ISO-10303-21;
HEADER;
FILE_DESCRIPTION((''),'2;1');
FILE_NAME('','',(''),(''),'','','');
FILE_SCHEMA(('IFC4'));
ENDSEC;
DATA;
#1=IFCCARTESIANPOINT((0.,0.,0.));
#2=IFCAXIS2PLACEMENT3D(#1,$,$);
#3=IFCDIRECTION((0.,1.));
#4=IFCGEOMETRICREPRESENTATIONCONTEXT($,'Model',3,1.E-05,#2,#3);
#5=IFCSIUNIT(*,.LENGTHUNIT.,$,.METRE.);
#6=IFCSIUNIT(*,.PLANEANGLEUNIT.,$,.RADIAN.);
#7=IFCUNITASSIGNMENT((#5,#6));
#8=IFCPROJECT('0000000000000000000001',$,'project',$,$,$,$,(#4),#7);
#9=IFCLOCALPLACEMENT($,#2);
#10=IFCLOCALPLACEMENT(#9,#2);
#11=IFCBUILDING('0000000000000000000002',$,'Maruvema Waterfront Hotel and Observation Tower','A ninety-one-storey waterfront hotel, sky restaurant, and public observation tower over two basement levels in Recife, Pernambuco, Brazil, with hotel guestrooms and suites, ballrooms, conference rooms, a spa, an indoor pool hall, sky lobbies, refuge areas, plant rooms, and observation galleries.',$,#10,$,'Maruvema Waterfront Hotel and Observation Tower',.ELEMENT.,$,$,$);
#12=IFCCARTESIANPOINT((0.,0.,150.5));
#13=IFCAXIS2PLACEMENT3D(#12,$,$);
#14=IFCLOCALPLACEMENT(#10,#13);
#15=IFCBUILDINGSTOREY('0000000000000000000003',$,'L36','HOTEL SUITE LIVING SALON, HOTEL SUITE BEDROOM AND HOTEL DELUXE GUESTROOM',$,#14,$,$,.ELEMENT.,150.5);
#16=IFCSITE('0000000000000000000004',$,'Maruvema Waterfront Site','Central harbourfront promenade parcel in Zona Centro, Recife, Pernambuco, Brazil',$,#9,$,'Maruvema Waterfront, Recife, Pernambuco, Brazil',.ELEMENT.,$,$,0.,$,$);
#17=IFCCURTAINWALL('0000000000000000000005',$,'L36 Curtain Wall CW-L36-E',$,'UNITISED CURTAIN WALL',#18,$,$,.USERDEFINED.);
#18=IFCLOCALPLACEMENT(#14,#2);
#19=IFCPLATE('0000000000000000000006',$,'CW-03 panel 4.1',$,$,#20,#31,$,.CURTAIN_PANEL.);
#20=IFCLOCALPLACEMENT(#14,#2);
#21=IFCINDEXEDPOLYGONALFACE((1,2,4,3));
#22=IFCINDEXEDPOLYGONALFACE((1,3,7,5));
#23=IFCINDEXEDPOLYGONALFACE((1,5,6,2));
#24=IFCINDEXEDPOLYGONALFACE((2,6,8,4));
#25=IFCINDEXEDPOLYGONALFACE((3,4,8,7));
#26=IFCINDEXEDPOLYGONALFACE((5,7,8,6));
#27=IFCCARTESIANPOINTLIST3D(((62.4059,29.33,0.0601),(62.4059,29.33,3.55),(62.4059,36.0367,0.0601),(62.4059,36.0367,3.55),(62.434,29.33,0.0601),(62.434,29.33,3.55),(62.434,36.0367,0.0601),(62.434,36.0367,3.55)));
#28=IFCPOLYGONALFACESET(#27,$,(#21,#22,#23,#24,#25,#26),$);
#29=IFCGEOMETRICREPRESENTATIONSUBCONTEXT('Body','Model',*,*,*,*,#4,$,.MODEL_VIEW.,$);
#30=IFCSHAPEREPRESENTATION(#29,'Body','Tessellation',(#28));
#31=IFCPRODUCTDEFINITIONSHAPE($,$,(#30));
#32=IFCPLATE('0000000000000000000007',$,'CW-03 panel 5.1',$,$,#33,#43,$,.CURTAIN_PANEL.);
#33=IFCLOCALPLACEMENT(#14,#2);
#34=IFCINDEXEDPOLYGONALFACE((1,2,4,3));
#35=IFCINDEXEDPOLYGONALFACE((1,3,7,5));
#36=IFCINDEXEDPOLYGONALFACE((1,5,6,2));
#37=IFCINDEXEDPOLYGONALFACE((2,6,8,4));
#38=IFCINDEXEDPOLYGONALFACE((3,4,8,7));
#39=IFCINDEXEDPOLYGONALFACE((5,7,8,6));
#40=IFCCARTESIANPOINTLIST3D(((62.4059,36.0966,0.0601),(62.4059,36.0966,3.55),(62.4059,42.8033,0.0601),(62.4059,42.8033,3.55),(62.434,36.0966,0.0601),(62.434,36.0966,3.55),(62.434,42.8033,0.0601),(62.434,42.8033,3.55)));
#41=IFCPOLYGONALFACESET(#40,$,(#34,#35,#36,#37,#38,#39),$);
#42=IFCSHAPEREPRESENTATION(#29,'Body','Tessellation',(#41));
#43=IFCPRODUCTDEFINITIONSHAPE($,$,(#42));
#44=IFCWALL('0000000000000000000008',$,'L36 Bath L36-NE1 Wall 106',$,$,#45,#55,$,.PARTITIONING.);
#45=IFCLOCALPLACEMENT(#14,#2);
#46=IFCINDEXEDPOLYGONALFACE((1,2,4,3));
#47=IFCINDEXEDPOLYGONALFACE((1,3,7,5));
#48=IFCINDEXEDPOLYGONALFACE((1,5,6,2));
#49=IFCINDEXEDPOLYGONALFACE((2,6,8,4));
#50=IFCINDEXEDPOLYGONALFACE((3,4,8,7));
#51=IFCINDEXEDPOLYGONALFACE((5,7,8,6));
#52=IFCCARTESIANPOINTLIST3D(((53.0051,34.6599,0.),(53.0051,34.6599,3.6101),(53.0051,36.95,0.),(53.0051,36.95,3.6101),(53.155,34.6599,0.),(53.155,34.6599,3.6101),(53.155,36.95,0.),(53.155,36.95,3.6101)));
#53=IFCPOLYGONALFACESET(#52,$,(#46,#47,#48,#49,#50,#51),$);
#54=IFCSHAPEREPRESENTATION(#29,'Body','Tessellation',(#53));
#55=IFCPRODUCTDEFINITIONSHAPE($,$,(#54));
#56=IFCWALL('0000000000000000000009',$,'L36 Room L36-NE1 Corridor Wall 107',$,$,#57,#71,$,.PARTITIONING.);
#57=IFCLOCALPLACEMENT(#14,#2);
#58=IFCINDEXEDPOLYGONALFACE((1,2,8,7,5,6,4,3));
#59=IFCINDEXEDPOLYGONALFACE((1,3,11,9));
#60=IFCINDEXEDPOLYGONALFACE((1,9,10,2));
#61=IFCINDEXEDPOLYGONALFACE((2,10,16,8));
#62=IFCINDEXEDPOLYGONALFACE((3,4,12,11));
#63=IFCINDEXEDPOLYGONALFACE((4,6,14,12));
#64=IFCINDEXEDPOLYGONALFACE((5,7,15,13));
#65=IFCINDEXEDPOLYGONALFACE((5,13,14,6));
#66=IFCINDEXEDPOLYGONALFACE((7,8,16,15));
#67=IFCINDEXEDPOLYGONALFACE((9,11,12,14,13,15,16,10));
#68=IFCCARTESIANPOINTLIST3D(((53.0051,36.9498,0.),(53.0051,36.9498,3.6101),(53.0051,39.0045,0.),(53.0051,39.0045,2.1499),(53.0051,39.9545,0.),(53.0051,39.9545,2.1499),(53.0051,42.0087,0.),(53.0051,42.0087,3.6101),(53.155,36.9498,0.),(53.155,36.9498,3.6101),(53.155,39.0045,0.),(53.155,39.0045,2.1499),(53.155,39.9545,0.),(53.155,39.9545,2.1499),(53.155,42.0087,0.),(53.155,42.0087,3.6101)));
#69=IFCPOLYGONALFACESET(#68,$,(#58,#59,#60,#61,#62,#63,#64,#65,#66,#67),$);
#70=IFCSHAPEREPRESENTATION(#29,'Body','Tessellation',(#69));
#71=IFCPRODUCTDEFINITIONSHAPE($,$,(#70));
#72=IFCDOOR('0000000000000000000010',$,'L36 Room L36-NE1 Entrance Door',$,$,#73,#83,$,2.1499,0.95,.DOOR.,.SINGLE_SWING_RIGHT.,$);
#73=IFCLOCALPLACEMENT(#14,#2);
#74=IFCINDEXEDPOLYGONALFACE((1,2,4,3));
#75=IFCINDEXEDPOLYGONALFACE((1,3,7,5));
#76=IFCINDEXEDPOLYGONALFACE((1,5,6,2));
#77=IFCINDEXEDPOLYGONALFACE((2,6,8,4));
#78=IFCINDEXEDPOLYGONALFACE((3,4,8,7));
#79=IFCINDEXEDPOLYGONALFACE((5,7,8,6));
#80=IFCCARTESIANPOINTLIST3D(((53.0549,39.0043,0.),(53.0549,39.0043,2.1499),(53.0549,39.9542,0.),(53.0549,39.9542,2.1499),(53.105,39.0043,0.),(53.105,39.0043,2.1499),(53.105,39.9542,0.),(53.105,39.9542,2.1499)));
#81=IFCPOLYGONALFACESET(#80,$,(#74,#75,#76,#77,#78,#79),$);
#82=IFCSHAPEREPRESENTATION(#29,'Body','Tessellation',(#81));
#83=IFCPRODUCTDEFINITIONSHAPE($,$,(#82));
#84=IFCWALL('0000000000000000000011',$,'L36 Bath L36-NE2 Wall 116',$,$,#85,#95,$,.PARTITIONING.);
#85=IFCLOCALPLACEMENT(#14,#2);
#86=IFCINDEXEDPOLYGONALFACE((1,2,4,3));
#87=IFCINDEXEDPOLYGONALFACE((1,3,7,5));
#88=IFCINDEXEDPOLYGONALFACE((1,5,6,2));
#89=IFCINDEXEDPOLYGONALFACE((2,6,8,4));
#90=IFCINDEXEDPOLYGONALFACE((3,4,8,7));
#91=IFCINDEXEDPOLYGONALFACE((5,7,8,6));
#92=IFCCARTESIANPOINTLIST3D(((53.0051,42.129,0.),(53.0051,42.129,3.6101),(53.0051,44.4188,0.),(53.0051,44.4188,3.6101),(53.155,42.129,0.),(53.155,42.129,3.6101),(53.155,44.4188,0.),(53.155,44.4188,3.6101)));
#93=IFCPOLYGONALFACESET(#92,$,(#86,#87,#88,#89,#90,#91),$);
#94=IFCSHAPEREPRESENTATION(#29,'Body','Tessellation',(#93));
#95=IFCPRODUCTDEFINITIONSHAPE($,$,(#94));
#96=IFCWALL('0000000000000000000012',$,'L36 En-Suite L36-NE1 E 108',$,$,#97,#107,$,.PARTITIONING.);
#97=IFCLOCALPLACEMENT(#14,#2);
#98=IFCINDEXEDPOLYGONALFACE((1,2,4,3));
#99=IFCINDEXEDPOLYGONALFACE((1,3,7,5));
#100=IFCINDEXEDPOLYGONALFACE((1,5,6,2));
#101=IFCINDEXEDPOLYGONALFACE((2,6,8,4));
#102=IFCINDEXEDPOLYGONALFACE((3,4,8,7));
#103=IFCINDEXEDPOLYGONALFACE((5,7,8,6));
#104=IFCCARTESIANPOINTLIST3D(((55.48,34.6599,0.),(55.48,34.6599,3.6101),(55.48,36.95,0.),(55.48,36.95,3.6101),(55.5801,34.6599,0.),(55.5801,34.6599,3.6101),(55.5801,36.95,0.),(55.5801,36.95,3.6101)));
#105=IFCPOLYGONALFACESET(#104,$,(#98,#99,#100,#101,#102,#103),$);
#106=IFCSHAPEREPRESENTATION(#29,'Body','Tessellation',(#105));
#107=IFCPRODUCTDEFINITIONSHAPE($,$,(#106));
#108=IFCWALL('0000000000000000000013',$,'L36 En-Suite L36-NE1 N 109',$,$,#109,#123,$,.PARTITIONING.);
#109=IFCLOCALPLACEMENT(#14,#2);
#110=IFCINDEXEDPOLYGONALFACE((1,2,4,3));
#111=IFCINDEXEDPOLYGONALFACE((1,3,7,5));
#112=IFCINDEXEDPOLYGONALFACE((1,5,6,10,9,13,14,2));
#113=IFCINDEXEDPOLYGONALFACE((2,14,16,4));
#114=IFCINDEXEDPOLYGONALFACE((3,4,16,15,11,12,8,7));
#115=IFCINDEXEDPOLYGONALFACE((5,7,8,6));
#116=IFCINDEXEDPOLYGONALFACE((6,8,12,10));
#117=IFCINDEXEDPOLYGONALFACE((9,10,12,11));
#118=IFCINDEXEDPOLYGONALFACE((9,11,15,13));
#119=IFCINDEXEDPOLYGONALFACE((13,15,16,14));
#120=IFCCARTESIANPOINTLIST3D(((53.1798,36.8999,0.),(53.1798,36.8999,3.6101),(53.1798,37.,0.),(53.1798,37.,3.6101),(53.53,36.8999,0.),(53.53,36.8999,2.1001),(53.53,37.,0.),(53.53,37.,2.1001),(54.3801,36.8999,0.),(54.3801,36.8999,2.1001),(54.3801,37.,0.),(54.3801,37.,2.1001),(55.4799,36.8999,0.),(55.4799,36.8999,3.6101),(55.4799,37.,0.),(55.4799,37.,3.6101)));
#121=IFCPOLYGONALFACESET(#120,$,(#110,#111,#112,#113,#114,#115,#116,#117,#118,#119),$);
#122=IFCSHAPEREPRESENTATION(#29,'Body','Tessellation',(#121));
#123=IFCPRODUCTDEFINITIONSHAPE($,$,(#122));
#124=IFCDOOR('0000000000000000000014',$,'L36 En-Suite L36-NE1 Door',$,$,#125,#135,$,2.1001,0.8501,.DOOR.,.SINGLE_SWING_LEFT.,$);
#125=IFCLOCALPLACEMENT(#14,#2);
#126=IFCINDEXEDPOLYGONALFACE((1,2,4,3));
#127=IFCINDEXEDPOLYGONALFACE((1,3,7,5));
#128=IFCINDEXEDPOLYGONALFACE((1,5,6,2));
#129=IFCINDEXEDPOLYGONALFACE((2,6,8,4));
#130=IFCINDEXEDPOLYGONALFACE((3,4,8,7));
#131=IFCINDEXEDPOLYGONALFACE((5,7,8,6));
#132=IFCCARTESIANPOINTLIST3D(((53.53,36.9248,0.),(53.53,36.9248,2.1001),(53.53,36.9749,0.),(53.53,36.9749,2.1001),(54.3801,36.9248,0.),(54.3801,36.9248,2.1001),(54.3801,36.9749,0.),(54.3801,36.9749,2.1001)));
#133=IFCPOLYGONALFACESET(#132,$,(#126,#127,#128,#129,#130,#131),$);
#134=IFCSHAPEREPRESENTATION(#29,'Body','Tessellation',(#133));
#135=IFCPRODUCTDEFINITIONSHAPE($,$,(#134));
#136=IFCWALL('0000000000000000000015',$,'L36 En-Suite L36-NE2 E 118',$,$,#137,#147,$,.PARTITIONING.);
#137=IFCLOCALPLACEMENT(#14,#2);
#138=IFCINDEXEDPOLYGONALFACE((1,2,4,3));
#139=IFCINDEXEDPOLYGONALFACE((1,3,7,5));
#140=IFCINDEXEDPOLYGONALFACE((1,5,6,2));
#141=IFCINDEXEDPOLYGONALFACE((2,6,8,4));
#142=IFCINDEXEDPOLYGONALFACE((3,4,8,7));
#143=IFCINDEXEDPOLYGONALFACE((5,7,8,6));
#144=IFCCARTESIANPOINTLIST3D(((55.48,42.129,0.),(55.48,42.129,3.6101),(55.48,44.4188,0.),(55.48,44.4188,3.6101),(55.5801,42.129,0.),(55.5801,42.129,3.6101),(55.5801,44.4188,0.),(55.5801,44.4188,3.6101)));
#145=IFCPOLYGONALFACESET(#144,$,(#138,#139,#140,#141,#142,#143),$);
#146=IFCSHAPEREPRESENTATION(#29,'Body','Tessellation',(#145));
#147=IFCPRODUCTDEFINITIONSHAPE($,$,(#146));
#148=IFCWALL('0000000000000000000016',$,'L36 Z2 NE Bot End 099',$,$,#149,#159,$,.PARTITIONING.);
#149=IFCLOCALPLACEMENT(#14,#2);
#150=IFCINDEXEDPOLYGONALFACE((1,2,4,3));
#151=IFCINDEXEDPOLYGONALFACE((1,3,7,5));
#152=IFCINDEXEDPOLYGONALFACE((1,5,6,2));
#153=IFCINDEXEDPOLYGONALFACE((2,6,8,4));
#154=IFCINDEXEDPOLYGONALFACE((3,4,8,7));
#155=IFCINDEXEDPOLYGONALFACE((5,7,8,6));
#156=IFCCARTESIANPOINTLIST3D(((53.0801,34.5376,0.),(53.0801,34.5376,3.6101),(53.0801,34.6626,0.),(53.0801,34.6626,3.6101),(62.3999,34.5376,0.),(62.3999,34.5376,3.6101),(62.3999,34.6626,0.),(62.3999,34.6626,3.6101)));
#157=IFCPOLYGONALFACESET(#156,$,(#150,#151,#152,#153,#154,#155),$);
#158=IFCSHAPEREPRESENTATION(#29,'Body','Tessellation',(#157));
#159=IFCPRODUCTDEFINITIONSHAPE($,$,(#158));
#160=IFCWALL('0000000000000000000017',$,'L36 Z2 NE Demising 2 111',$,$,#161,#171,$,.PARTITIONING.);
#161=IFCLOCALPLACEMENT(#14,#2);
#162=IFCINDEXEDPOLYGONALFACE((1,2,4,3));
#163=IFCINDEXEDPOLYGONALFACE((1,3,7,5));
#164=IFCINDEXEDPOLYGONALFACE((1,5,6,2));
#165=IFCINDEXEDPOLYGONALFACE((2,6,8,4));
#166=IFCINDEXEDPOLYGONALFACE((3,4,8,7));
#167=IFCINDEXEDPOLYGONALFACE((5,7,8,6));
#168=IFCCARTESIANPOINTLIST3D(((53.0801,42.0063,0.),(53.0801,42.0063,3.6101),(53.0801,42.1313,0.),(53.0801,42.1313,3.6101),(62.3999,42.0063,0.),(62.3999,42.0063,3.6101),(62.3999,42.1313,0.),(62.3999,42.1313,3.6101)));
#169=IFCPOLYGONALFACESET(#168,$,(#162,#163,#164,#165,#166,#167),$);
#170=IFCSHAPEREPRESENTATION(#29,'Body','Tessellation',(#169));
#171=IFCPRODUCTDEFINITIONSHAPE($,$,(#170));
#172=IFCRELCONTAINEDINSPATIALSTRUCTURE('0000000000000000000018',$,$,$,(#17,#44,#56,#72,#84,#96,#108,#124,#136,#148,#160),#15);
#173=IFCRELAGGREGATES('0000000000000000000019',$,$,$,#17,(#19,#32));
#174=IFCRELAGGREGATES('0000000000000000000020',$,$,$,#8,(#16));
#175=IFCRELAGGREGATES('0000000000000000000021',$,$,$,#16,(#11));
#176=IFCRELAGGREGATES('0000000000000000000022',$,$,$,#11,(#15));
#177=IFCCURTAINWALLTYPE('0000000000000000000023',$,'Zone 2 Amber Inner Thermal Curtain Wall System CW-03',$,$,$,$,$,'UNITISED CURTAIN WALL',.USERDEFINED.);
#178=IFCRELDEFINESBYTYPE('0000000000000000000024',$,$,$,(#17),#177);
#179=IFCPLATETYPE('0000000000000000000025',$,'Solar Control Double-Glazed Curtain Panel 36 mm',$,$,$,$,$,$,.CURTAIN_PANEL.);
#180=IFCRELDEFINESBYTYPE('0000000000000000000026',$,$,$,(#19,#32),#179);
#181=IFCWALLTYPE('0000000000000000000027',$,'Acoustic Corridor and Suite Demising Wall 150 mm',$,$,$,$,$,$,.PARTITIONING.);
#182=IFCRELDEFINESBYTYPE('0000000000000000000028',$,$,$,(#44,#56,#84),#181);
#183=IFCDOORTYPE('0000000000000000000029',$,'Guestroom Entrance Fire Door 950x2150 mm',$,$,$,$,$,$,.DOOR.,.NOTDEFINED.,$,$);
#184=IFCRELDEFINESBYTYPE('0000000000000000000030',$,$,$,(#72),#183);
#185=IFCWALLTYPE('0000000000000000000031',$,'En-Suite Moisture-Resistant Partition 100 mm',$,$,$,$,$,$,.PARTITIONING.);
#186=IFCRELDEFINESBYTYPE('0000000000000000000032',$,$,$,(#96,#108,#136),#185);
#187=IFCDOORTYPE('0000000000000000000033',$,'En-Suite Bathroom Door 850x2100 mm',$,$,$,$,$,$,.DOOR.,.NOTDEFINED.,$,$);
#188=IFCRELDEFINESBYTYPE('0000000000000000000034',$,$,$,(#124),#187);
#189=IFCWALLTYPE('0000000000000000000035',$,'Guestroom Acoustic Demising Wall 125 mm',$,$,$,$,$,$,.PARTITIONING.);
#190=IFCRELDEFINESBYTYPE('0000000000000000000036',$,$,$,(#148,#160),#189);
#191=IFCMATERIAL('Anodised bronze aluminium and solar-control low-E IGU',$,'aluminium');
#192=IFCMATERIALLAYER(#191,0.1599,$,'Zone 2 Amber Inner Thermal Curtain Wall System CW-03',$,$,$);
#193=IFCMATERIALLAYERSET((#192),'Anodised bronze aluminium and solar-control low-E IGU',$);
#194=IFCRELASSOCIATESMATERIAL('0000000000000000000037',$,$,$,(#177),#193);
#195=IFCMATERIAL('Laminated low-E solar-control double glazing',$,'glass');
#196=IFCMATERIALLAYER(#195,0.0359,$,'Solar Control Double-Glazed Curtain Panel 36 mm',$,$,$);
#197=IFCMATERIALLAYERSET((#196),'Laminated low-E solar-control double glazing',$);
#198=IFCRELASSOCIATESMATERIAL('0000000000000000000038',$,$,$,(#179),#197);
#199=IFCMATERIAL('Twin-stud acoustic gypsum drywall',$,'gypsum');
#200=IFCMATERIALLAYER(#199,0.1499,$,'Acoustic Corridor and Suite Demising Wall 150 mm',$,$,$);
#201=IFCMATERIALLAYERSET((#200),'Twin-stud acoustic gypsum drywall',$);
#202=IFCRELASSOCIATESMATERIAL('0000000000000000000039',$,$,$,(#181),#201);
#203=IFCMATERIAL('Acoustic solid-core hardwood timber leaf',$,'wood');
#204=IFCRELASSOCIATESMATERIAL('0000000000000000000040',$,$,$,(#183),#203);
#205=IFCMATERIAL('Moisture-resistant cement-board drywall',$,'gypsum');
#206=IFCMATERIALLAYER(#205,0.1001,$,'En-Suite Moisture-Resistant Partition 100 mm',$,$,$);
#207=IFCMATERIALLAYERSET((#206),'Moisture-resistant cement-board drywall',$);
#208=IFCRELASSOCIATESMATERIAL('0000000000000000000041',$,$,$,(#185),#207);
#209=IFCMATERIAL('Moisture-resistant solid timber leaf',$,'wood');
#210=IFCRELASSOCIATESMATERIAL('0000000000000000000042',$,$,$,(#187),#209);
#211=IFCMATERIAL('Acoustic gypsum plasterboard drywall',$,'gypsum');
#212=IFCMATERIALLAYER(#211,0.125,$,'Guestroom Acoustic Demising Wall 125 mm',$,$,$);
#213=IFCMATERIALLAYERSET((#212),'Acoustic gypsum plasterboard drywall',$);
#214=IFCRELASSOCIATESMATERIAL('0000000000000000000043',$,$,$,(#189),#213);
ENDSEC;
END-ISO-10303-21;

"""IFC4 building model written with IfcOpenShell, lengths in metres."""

from ifc_helpers import new_model, si_unit, direction, frame, frame_2d, origin, origin_2d, place, context, subcontext, project, spatial, rectangle, extrude, material, layer, layer_set, type_object, element, fill, aggregate, save


model = new_model("IFC4")

# Units and contexts
model_context = context("Model", 3, precision=1e-05, world=origin(), true_north=direction((0.0, 1.0)))
body_context = subcontext(model_context, "Body", "Model", "MODEL_VIEW")
ifc_project = project(units=[si_unit("LENGTHUNIT", "METRE"), si_unit("PLANEANGLEUNIT", "RADIAN")], contexts=[model_context])

# Site, building, storey
site_placement = place(None, origin())
site = spatial("IfcSite", under=ifc_project, at=site_placement, Name="Maruvema Waterfront Site", Description="Central harbourfront promenade parcel in Zona Centro, Recife, Pernambuco, Brazil", LongName="Maruvema Waterfront, Recife, Pernambuco, Brazil", CompositionType="ELEMENT", RefElevation=0.0)
building_placement = place(site_placement, origin())
building = spatial("IfcBuilding", under=site, at=building_placement, Name="Maruvema Waterfront Hotel and Observation Tower", Description="A ninety-one-storey waterfront hotel, sky restaurant, and public observation tower over two basement levels in Recife, Pernambuco, Brazil, with hotel guestrooms and suites, ballrooms, conference rooms, a spa, an indoor pool hall, sky lobbies, refuge areas, plant rooms, and observation galleries.", LongName="Maruvema Waterfront Hotel and Observation Tower", CompositionType="ELEMENT")
storey_placement = place(building_placement, frame((0.0, 0.0, 150.5)))
storey = spatial("IfcBuildingStorey", under=building, at=storey_placement, Name="L36", Description="HOTEL SUITE LIVING SALON, HOTEL SUITE BEDROOM AND HOTEL DELUXE GUESTROOM", CompositionType="ELEMENT", Elevation=150.5)

# Curtain wall
ifc_material_1 = material(Name="Anodised bronze aluminium and solar-control low-E IGU", Category="aluminium")
ifc_layer_1 = layer(ifc_material_1, 0.1599, Name="Zone 2 Amber Inner Thermal Curtain Wall System CW-03")
ifc_layer_set_1 = layer_set([ifc_layer_1], Name="Anodised bronze aluminium and solar-control low-E IGU")
curtain_wall_type = type_object("IfcCurtainWallType", Name="Zone 2 Amber Inner Thermal Curtain Wall System CW-03", ElementType="UNITISED CURTAIN WALL", PredefinedType="USERDEFINED", material=ifc_layer_set_1)
curtain_wall_placement = place(storey_placement, origin())
curtain_wall = element("IfcCurtainWall", 1, at=curtain_wall_placement, inside=storey, type_object=curtain_wall_type, Name="L36 Curtain Wall CW-L36-E", ObjectType="UNITISED CURTAIN WALL", PredefinedType="USERDEFINED")

# Plates
ifc_material_2 = material(Name="Laminated low-E solar-control double glazing", Category="glass")
ifc_layer_2 = layer(ifc_material_2, 0.0359, Name="Solar Control Double-Glazed Curtain Panel 36 mm")
ifc_layer_set_2 = layer_set([ifc_layer_2], Name="Laminated low-E solar-control double glazing")
plate_type = type_object("IfcPlateType", Name="Solar Control Double-Glazed Curtain Panel 36 mm", PredefinedType="CURTAIN_PANEL", material=ifc_layer_set_2)
plate_1_placement = place(storey_placement, frame((62.4199, 32.6833, 0.0601), z_axis=(0.0, 0.0, 1.0), x_axis=(0.0, 1.0, 0.0)))
plate_1 = element("IfcPlate", 2, at=plate_1_placement, type_object=plate_type, Name="CW-03 panel 4.1", PredefinedType="CURTAIN_PANEL", context=body_context, shape_type="SweptSolid", body=[
    extrude(rectangle(XDim=6.7068, YDim=0.0281, at=origin_2d()), origin(), (0.0, 0.0, 1.0), 3.49),
])
plate_2_placement = place(storey_placement, frame((62.4199, 39.45, 0.0601), z_axis=(0.0, 0.0, 1.0), x_axis=(0.0, 1.0, 0.0)))
plate_2 = element("IfcPlate", 3, at=plate_2_placement, type_object=plate_type, Name="CW-03 panel 5.1", PredefinedType="CURTAIN_PANEL", context=body_context, shape_type="SweptSolid", body=[
    extrude(rectangle(XDim=6.7068, YDim=0.0281, at=origin_2d()), origin(), (0.0, 0.0, 1.0), 3.49),
])
aggregate(curtain_wall, [plate_1, plate_2])

# Wall
ifc_material_3 = material(Name="Twin-stud acoustic gypsum drywall", Category="gypsum")
ifc_layer_3 = layer(ifc_material_3, 0.1499, Name="Acoustic Corridor and Suite Demising Wall 150 mm")
ifc_layer_set_3 = layer_set([ifc_layer_3], Name="Twin-stud acoustic gypsum drywall")
wall_type_1 = type_object("IfcWallType", Name="Acoustic Corridor and Suite Demising Wall 150 mm", PredefinedType="PARTITIONING", material=ifc_layer_set_3)
wall_1_placement = place(storey_placement, frame((53.0801, 34.6599, 0.0), z_axis=(0.0, 0.0, 1.0), x_axis=(0.0, 1.0, 0.0)))
element("IfcWall", 4, at=wall_1_placement, inside=storey, type_object=wall_type_1, Name="L36 Bath L36-NE1 Wall 106", PredefinedType="PARTITIONING", context=body_context, shape_type="SweptSolid", body=[
    extrude(rectangle(XDim=2.29, YDim=0.1499, at=frame_2d((1.145, 0.0))), origin(), (0.0, 0.0, 1.0), 3.6101),
])

# Wall, opening, door
wall_2_placement = place(storey_placement, frame((53.0801, 36.95, 0.0), z_axis=(0.0, 0.0, 1.0), x_axis=(0.0, 1.0, 0.0)))
wall_2 = element("IfcWall", 5, at=wall_2_placement, inside=storey, type_object=wall_type_1, Name="L36 Room L36-NE1 Corridor Wall 107", PredefinedType="PARTITIONING", context=body_context, shape_type="SweptSolid", body=[
    extrude(rectangle(XDim=5.0588, YDim=0.1499, at=frame_2d((2.5293, 0.0))), origin(), (0.0, 0.0, 1.0), 3.6101),
])
opening_1_placement = place(wall_2_placement, frame((2.0544, 0.0, 0.0)))
opening_1 = element("IfcOpeningElement", 6, at=opening_1_placement, cuts=wall_2, PredefinedType="OPENING", context=body_context, shape_type="SweptSolid", body=[
    extrude(rectangle(XDim=0.95, YDim=2.1499, at=frame_2d((0.4751, 1.075))), frame((0.0, 0.085, 0.0), z_axis=(0.0, -1.0, 0.0), x_axis=(1.0, 0.0, 0.0)), (0.0, 0.0, 1.0), 0.1699),
])
ifc_material_4 = material(Name="Acoustic solid-core hardwood timber leaf", Category="wood")
door_type_1 = type_object("IfcDoorType", Name="Guestroom Entrance Fire Door 950x2150 mm", OperationType="NOTDEFINED", PredefinedType="DOOR", material=ifc_material_4)
door_1_placement = place(opening_1_placement, frame((0.95, 0.0, 0.0), z_axis=(0.0, 0.0, 1.0), x_axis=(-1.0, 0.0, 0.0)))
door_1 = element("IfcDoor", 7, at=door_1_placement, inside=storey, type_object=door_type_1, Name="L36 Room L36-NE1 Entrance Door", OperationType="SINGLE_SWING_RIGHT", OverallHeight=2.1499, OverallWidth=0.95, PredefinedType="DOOR", context=body_context, shape_type="SweptSolid", body=[
    extrude(rectangle(XDim=0.95, YDim=2.1499, at=frame_2d((0.4751, 1.075))), frame((0.0, 0.0249, 0.0), z_axis=(0.0, -1.0, 0.0), x_axis=(1.0, 0.0, 0.0)), (0.0, 0.0, 1.0), 0.05),
])
fill(opening_1, door_1)

# Walls
wall_3_placement = place(storey_placement, frame((53.0801, 42.1289, 0.0), z_axis=(0.0, 0.0, 1.0), x_axis=(0.0, 1.0, 0.0)))
element("IfcWall", 8, at=wall_3_placement, inside=storey, type_object=wall_type_1, Name="L36 Bath L36-NE2 Wall 116", PredefinedType="PARTITIONING", context=body_context, shape_type="SweptSolid", body=[
    extrude(rectangle(XDim=2.2898, YDim=0.1499, at=frame_2d((1.145, 0.0))), origin(), (0.0, 0.0, 1.0), 3.6101),
])
ifc_material_5 = material(Name="Moisture-resistant cement-board drywall", Category="gypsum")
ifc_layer_4 = layer(ifc_material_5, 0.1001, Name="En-Suite Moisture-Resistant Partition 100 mm")
ifc_layer_set_4 = layer_set([ifc_layer_4], Name="Moisture-resistant cement-board drywall")
wall_type_2 = type_object("IfcWallType", Name="En-Suite Moisture-Resistant Partition 100 mm", PredefinedType="PARTITIONING", material=ifc_layer_set_4)
wall_4_placement = place(storey_placement, frame((55.53, 34.6599, 0.0), z_axis=(0.0, 0.0, 1.0), x_axis=(0.0, 1.0, 0.0)))
element("IfcWall", 9, at=wall_4_placement, inside=storey, type_object=wall_type_2, Name="L36 En-Suite L36-NE1 E 108", PredefinedType="PARTITIONING", context=body_context, shape_type="SweptSolid", body=[
    extrude(rectangle(XDim=2.29, YDim=0.1001, at=frame_2d((1.145, 0.0))), origin(), (0.0, 0.0, 1.0), 3.6101),
])

# Wall, opening, door
wall_5_placement = place(storey_placement, frame((53.1799, 36.95, 0.0), z_axis=(0.0, 0.0, 1.0), x_axis=(1.0, 0.0, 0.0)))
wall_5 = element("IfcWall", 10, at=wall_5_placement, inside=storey, type_object=wall_type_2, Name="L36 En-Suite L36-NE1 N 109", PredefinedType="PARTITIONING", context=body_context, shape_type="SweptSolid", body=[
    extrude(rectangle(XDim=2.3, YDim=0.1001, at=frame_2d((1.1499, 0.0))), origin(), (0.0, 0.0, 1.0), 3.6101),
])
opening_2_placement = place(wall_5_placement, frame((0.3501, 0.0, 0.0)))
opening_2 = element("IfcOpeningElement", 11, at=opening_2_placement, cuts=wall_5, PredefinedType="OPENING", context=body_context, shape_type="SweptSolid", body=[
    extrude(rectangle(XDim=0.8501, YDim=2.1001, at=frame_2d((0.425, 1.05))), frame((0.0, 0.0601, 0.0), z_axis=(0.0, -1.0, 0.0), x_axis=(1.0, 0.0, 0.0)), (0.0, 0.0, 1.0), 0.1201),
])
ifc_material_6 = material(Name="Moisture-resistant solid timber leaf", Category="wood")
door_type_2 = type_object("IfcDoorType", Name="En-Suite Bathroom Door 850x2100 mm", OperationType="NOTDEFINED", PredefinedType="DOOR", material=ifc_material_6)
door_2_placement = place(opening_2_placement, origin())
door_2 = element("IfcDoor", 12, at=door_2_placement, inside=storey, type_object=door_type_2, Name="L36 En-Suite L36-NE1 Door", OperationType="SINGLE_SWING_LEFT", OverallHeight=2.1001, OverallWidth=0.8501, PredefinedType="DOOR", context=body_context, shape_type="SweptSolid", body=[
    extrude(rectangle(XDim=0.8501, YDim=2.1001, at=frame_2d((0.425, 1.05))), frame((0.0, 0.0249, 0.0), z_axis=(0.0, -1.0, 0.0), x_axis=(1.0, 0.0, 0.0)), (0.0, 0.0, 1.0), 0.05),
])
fill(opening_2, door_2)

# Walls
wall_6_placement = place(storey_placement, frame((55.53, 42.1289, 0.0), z_axis=(0.0, 0.0, 1.0), x_axis=(0.0, 1.0, 0.0)))
element("IfcWall", 13, at=wall_6_placement, inside=storey, type_object=wall_type_2, Name="L36 En-Suite L36-NE2 E 118", PredefinedType="PARTITIONING", context=body_context, shape_type="SweptSolid", body=[
    extrude(rectangle(XDim=2.2898, YDim=0.1001, at=frame_2d((1.145, 0.0))), origin(), (0.0, 0.0, 1.0), 3.6101),
])
ifc_material_7 = material(Name="Acoustic gypsum plasterboard drywall", Category="gypsum")
ifc_layer_5 = layer(ifc_material_7, 0.125, Name="Guestroom Acoustic Demising Wall 125 mm")
ifc_layer_set_5 = layer_set([ifc_layer_5], Name="Acoustic gypsum plasterboard drywall")
wall_type_3 = type_object("IfcWallType", Name="Guestroom Acoustic Demising Wall 125 mm", PredefinedType="PARTITIONING", material=ifc_layer_set_5)
for number, where, z_axis, x_axis, name in (
    (14, (53.0801, 34.6001, 0.0), (0.0, 0.0, 1.0), (1.0, 0.0, 0.0), "L36 Z2 NE Bot End 099"),
    (15, (53.0801, 42.0688, 0.0), (0.0, 0.0, 1.0), (1.0, 0.0, 0.0), "L36 Z2 NE Demising 2 111"),
):
    element("IfcWall", number, at=place(storey_placement, frame(where, z_axis=z_axis, x_axis=x_axis)), inside=storey, type_object=wall_type_3, Name=name, PredefinedType="PARTITIONING", context=body_context, shape_type="SweptSolid", body=[
        extrude(rectangle(XDim=9.3198, YDim=0.125, at=frame_2d((4.6599, 0.0))), origin(), (0.0, 0.0, 1.0), 3.6101),
    ])

save(model, "model.ifc")
